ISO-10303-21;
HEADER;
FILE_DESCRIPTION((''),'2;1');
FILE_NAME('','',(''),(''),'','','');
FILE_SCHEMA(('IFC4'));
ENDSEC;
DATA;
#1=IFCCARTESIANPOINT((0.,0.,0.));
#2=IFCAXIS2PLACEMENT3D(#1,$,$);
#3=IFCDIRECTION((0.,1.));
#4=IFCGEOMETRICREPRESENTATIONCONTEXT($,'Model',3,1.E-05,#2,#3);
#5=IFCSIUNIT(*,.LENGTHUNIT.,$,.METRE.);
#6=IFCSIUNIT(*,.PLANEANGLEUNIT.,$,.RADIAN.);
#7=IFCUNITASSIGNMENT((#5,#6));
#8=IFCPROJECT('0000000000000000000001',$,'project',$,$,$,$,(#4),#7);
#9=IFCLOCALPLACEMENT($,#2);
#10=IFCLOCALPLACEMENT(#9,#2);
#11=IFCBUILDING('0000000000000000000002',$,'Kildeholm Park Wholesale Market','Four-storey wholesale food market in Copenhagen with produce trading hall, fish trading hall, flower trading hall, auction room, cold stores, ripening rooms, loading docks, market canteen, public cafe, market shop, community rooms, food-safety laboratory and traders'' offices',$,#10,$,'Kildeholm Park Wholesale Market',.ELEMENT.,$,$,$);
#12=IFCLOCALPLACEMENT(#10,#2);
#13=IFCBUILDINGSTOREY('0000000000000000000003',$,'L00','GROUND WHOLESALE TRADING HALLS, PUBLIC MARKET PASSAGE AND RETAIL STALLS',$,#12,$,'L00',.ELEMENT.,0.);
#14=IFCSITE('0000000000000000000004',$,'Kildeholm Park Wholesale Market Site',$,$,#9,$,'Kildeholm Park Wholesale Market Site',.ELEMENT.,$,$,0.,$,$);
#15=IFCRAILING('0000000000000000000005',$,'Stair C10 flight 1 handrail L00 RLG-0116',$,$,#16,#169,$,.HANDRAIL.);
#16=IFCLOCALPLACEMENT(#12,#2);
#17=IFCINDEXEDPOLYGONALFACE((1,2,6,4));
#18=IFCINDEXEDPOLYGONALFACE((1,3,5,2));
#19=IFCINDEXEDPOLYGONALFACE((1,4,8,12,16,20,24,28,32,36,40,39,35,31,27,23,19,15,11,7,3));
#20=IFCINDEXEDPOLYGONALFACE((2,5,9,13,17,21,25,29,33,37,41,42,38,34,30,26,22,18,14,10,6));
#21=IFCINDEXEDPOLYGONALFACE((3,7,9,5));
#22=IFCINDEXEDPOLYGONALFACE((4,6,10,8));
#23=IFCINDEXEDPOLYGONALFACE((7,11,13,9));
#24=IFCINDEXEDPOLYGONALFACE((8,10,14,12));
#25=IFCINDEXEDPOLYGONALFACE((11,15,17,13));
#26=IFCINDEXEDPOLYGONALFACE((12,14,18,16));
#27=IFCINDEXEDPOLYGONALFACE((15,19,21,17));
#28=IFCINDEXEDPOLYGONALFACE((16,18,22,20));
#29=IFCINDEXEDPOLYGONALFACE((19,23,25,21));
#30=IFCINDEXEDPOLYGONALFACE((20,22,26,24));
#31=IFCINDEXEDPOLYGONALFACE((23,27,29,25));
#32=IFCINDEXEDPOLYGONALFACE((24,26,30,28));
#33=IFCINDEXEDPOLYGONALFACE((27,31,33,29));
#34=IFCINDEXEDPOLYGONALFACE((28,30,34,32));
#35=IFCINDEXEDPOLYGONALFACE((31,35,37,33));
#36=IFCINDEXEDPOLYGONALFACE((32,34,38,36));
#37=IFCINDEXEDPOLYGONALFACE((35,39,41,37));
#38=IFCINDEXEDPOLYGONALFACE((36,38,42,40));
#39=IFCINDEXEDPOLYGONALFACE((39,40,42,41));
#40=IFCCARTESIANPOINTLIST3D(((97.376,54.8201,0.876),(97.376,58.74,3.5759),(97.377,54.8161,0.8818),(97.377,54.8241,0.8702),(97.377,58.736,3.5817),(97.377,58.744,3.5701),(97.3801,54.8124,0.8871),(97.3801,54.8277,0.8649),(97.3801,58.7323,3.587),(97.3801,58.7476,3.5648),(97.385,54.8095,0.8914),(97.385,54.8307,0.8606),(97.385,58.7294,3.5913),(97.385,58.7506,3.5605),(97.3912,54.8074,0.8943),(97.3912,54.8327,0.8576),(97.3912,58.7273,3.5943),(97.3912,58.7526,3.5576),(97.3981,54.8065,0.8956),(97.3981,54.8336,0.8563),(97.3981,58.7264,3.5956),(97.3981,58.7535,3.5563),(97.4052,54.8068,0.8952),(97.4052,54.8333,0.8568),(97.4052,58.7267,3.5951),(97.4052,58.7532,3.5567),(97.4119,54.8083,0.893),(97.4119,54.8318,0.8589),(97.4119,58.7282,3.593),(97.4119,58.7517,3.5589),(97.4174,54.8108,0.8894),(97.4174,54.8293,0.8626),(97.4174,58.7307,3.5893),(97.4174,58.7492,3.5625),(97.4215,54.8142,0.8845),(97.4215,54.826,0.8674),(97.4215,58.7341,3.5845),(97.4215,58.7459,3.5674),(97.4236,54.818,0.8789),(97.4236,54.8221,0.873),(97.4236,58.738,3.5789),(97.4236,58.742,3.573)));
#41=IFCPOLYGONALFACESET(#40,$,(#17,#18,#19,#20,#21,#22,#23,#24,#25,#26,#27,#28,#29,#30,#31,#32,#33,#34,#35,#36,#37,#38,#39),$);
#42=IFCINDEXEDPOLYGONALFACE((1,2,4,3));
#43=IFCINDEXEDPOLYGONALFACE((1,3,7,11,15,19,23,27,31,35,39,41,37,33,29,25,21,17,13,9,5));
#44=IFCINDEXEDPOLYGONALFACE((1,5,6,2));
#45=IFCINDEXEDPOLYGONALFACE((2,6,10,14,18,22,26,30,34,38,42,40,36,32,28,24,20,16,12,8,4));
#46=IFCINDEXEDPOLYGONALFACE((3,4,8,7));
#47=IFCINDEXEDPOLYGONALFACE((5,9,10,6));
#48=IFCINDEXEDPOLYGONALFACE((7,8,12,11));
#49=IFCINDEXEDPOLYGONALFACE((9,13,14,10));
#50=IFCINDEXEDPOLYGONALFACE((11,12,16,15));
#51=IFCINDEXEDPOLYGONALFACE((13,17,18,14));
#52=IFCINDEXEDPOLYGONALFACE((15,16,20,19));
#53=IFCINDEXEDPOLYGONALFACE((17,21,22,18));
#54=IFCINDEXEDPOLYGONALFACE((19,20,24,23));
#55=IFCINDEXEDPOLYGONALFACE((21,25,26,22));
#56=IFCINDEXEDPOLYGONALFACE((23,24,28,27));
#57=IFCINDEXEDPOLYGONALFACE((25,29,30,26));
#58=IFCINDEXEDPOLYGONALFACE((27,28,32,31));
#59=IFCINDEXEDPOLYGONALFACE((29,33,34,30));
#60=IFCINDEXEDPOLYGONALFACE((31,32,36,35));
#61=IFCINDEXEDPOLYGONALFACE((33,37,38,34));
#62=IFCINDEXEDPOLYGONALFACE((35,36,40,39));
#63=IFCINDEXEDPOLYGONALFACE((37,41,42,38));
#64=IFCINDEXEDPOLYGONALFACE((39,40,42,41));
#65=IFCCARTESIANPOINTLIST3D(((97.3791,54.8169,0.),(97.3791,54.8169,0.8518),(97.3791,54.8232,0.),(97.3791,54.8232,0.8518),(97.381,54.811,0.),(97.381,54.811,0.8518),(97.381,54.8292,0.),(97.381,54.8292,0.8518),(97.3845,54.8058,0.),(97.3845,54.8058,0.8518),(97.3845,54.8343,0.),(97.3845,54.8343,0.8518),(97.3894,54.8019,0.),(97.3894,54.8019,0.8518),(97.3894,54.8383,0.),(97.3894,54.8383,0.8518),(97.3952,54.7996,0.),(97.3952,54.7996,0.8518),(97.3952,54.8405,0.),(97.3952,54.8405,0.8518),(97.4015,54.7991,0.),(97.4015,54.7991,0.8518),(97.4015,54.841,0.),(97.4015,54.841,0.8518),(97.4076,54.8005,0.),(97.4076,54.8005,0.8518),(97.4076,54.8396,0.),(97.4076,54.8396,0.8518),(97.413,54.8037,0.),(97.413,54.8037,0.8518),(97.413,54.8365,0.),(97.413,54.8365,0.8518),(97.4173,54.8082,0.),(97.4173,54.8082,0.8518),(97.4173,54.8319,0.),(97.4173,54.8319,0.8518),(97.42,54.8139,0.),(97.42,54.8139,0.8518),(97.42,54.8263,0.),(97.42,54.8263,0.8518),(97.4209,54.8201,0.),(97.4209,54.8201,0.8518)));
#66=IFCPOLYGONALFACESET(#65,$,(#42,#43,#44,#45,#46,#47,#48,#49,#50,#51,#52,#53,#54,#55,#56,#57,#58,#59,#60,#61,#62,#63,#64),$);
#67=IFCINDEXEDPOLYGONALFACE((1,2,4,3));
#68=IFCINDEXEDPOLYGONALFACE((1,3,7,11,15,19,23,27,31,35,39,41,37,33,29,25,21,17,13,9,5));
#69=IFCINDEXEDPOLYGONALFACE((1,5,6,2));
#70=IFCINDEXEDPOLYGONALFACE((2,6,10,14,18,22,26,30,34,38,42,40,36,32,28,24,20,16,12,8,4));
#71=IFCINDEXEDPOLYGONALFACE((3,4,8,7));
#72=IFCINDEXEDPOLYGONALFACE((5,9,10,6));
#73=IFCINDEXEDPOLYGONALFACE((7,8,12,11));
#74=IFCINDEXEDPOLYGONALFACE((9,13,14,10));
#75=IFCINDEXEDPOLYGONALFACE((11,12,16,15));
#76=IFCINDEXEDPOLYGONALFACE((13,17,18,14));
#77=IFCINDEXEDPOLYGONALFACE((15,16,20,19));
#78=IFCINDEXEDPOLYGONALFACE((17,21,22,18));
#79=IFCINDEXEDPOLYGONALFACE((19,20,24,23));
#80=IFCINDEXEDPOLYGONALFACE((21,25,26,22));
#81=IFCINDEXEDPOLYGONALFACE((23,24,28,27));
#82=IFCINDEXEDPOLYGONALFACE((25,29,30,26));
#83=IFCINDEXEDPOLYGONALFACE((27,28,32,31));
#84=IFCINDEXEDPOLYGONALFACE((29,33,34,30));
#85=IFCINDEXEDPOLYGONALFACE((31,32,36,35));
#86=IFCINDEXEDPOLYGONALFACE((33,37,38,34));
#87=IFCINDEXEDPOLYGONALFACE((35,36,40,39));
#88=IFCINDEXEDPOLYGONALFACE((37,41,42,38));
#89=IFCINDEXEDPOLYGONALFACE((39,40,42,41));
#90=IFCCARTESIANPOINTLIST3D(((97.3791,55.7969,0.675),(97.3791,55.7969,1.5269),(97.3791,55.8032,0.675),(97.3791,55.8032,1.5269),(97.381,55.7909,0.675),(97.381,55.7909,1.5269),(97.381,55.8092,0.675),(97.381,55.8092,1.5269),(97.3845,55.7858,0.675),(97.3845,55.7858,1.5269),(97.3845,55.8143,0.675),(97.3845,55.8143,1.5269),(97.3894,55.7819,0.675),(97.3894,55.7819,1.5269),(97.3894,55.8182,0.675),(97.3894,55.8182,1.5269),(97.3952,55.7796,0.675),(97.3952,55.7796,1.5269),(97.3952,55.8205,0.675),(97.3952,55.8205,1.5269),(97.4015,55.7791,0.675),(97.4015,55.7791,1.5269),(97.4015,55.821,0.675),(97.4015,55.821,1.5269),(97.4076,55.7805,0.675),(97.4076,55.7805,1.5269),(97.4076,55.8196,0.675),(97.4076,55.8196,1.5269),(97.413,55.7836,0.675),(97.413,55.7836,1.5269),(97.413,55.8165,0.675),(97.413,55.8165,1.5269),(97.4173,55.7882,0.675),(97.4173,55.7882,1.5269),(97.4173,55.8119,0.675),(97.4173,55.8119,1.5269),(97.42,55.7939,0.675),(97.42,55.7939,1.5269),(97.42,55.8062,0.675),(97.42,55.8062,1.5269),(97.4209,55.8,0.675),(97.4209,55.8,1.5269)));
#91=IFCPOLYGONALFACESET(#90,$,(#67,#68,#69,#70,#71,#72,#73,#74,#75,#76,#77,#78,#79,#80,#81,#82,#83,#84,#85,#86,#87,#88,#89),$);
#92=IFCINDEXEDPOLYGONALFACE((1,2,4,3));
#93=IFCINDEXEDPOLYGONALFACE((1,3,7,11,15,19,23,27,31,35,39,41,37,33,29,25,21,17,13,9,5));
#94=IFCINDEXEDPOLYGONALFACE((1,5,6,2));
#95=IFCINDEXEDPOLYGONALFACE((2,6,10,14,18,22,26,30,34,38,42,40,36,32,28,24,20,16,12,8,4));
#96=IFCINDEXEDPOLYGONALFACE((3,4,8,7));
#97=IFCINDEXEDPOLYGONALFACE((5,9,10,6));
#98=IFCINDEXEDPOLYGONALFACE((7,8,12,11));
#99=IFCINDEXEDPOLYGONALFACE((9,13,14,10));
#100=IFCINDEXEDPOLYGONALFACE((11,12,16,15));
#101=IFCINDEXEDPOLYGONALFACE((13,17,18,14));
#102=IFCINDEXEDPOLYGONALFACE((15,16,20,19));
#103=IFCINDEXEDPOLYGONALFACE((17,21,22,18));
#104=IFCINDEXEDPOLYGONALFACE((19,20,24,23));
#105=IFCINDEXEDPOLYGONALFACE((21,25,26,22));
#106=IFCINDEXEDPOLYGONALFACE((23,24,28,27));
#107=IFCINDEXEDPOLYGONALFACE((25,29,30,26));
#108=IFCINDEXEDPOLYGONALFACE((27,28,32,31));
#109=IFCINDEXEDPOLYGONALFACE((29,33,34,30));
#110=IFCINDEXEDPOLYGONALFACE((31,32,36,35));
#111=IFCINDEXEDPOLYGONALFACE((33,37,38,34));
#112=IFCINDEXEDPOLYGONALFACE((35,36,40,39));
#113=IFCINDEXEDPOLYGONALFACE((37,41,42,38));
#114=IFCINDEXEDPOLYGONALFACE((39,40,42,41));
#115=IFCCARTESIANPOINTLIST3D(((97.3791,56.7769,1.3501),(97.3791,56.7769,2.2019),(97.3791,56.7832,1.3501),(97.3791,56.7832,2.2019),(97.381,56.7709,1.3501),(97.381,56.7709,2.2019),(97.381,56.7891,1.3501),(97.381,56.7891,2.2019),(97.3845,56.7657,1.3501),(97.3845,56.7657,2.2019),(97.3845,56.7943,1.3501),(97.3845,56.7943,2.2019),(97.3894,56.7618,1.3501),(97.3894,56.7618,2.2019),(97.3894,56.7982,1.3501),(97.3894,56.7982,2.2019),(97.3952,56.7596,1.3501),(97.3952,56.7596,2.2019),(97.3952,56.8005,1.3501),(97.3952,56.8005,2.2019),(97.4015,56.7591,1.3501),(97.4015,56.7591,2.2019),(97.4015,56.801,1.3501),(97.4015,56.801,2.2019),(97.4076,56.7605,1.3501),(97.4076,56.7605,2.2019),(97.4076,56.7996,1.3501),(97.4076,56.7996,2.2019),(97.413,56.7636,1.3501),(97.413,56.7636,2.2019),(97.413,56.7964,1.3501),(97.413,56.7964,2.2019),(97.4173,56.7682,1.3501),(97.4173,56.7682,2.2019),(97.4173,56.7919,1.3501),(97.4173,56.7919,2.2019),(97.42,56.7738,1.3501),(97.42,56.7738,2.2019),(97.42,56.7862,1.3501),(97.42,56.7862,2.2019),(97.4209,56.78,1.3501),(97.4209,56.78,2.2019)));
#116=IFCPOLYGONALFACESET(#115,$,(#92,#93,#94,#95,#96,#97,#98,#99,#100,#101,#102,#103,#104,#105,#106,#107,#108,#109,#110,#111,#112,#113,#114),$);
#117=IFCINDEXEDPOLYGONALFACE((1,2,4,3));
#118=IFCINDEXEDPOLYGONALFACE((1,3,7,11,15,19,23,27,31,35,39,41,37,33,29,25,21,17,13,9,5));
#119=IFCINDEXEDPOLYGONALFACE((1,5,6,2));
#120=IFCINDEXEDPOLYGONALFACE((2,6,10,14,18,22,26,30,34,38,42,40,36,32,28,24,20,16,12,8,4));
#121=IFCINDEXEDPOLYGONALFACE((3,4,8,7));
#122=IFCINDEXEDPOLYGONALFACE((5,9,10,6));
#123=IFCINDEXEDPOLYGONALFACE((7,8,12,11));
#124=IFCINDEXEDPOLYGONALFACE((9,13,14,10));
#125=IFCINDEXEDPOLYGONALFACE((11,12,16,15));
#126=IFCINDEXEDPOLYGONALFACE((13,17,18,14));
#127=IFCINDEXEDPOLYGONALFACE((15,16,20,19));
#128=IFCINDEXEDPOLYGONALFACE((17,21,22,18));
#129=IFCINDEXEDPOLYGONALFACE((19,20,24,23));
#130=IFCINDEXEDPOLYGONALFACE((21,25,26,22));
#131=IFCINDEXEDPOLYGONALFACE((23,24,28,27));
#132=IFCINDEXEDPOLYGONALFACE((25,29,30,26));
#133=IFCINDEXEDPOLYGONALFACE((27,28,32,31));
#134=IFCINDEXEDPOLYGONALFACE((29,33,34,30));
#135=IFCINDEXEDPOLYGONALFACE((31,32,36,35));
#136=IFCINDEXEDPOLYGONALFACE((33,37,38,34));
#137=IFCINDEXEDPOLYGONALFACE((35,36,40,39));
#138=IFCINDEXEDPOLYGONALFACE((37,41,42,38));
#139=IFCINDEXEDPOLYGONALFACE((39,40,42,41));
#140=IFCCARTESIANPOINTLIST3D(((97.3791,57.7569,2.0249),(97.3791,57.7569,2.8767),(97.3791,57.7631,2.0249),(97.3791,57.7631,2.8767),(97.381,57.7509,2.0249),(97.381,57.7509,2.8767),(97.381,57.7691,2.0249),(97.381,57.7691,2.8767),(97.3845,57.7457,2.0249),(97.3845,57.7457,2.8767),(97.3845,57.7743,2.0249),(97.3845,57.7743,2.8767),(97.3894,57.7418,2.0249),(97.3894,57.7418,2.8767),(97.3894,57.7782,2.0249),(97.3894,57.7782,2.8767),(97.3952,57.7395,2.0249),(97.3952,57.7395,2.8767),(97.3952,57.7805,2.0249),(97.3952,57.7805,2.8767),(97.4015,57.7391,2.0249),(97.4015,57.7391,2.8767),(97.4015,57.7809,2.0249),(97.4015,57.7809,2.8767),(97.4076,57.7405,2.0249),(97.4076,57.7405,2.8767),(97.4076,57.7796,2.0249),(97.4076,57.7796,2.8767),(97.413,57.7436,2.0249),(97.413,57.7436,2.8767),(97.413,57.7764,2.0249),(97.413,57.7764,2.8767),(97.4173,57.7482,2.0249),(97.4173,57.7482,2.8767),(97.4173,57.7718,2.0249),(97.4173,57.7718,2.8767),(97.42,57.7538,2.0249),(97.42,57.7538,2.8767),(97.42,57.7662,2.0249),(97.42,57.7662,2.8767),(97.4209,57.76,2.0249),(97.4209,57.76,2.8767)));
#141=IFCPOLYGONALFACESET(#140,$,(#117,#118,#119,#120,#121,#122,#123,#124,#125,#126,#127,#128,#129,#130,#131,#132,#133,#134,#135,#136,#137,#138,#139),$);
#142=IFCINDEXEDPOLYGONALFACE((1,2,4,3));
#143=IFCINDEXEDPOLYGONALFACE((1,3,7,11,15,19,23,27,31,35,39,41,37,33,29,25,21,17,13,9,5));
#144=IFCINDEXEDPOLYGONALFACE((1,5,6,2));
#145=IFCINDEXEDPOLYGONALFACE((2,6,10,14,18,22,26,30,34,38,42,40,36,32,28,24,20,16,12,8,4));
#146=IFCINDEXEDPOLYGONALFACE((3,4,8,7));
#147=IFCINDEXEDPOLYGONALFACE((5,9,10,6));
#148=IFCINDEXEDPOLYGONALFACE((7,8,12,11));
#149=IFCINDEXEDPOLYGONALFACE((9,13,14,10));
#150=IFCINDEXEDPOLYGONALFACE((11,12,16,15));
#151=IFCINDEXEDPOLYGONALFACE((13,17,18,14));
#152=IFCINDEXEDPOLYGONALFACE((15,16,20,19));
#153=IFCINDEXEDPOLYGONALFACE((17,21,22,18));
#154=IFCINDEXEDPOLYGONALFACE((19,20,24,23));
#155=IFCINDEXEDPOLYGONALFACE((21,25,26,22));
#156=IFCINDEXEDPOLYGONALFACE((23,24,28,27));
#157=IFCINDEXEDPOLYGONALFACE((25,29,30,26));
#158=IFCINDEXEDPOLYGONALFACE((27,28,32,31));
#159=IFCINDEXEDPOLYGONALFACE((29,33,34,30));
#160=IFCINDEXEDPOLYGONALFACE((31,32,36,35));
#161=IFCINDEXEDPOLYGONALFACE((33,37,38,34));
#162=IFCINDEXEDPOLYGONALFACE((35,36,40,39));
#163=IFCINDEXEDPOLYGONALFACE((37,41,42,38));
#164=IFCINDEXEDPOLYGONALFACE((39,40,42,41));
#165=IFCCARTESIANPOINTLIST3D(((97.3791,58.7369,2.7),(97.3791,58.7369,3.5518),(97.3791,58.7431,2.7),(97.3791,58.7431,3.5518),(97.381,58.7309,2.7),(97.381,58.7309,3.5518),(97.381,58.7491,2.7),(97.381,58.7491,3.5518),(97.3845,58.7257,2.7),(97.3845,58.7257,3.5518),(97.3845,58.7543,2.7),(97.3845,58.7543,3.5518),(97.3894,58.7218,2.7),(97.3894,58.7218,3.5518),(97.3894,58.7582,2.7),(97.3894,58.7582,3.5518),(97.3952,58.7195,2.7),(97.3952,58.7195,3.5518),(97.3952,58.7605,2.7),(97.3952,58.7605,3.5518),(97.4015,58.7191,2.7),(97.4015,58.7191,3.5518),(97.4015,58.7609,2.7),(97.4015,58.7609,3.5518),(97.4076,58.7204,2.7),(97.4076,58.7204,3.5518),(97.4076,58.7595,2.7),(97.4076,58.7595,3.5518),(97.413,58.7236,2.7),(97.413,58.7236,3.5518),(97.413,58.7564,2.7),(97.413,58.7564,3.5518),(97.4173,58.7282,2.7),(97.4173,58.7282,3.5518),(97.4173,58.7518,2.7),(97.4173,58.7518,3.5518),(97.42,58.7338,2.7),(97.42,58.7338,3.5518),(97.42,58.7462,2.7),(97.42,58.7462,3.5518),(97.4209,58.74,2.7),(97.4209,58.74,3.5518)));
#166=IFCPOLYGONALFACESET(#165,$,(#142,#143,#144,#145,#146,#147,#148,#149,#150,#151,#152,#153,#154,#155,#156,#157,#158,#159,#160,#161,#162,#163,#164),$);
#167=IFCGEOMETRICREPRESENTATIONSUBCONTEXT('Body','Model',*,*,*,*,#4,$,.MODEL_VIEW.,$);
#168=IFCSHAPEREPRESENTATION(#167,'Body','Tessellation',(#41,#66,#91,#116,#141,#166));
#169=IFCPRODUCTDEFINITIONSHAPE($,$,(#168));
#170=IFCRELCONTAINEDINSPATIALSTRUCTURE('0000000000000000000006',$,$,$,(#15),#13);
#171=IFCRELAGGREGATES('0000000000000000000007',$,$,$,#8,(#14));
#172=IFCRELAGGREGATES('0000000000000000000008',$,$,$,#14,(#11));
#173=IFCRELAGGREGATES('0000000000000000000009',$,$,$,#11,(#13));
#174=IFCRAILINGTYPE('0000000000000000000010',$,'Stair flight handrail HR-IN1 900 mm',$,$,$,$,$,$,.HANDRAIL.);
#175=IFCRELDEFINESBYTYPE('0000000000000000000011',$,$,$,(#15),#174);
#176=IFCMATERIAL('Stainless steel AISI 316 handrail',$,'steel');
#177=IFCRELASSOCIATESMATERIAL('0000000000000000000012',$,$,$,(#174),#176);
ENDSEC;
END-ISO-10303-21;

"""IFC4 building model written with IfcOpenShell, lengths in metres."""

from ifc_helpers import new_model, si_unit, direction, frame, origin, origin_2d, place, context, subcontext, project, spatial, circle, extrude, material, type_object, element, save


model = new_model("IFC4")

# Units and contexts
model_context = context("Model", 3, precision=1e-05, world=origin(), true_north=direction((0.0, 1.0)))
body_context = subcontext(model_context, "Body", "Model", "MODEL_VIEW")
ifc_project = project(units=[si_unit("LENGTHUNIT", "METRE"), si_unit("PLANEANGLEUNIT", "RADIAN")], contexts=[model_context])

# Site, building, storey
site_placement = place(None, origin())
site = spatial("IfcSite", under=ifc_project, at=site_placement, Name="Kildeholm Park Wholesale Market Site", LongName="Kildeholm Park Wholesale Market Site", CompositionType="ELEMENT", RefElevation=0.0)
building_placement = place(site_placement, origin())
building = spatial("IfcBuilding", under=site, at=building_placement, Name="Kildeholm Park Wholesale Market", Description="Four-storey wholesale food market in Copenhagen with produce trading hall, fish trading hall, flower trading hall, auction room, cold stores, ripening rooms, loading docks, market canteen, public cafe, market shop, community rooms, food-safety laboratory and traders' offices", LongName="Kildeholm Park Wholesale Market", CompositionType="ELEMENT")
storey_placement = place(building_placement, origin())
storey = spatial("IfcBuildingStorey", under=building, at=storey_placement, Name="L00", Description="GROUND WHOLESALE TRADING HALLS, PUBLIC MARKET PASSAGE AND RETAIL STALLS", LongName="L00", CompositionType="ELEMENT", Elevation=0.0)

# Railing
ifc_material_1 = material(Name="Stainless steel AISI 316 handrail", Category="steel")
railing_type_1 = type_object("IfcRailingType", Name="Stair flight handrail HR-IN1 900 mm", PredefinedType="HANDRAIL", material=ifc_material_1)
railing_1_placement = place(storey_placement, frame((97.3999, 54.8201, 0.0)))
element("IfcRailing", 1, at=railing_1_placement, inside=storey, type_object=railing_type_1, Name="Stair C10 flight 1 handrail L00 RLG-0116", PredefinedType="HANDRAIL", context=body_context, shape_type="SweptSolid", body=[
    extrude(circle(Radius=0.0239, at=origin_2d()), frame((0.0, 0.0, 0.876), z_axis=(0.0, 0.823551, 0.567243), x_axis=(-1.0, 0.0, 0.0)), (0.0, 0.0, 1.0), 4.7598),
    extrude(circle(Radius=0.021, at=origin_2d()), origin(), (0.0, 0.0, 1.0), 0.8518),
    extrude(circle(Radius=0.021, at=origin_2d()), frame((0.0, 0.98, 0.675)), (0.0, 0.0, 1.0), 0.8518),
    extrude(circle(Radius=0.021, at=origin_2d()), frame((0.0, 1.96, 1.3501)), (0.0, 0.0, 1.0), 0.8518),
    extrude(circle(Radius=0.021, at=origin_2d()), frame((0.0, 2.9399, 2.0249)), (0.0, 0.0, 1.0), 0.8518),
    extrude(circle(Radius=0.021, at=origin_2d()), frame((0.0, 3.9199, 2.7)), (0.0, 0.0, 1.0), 0.8518),
])

save(model, "model.ifc")
